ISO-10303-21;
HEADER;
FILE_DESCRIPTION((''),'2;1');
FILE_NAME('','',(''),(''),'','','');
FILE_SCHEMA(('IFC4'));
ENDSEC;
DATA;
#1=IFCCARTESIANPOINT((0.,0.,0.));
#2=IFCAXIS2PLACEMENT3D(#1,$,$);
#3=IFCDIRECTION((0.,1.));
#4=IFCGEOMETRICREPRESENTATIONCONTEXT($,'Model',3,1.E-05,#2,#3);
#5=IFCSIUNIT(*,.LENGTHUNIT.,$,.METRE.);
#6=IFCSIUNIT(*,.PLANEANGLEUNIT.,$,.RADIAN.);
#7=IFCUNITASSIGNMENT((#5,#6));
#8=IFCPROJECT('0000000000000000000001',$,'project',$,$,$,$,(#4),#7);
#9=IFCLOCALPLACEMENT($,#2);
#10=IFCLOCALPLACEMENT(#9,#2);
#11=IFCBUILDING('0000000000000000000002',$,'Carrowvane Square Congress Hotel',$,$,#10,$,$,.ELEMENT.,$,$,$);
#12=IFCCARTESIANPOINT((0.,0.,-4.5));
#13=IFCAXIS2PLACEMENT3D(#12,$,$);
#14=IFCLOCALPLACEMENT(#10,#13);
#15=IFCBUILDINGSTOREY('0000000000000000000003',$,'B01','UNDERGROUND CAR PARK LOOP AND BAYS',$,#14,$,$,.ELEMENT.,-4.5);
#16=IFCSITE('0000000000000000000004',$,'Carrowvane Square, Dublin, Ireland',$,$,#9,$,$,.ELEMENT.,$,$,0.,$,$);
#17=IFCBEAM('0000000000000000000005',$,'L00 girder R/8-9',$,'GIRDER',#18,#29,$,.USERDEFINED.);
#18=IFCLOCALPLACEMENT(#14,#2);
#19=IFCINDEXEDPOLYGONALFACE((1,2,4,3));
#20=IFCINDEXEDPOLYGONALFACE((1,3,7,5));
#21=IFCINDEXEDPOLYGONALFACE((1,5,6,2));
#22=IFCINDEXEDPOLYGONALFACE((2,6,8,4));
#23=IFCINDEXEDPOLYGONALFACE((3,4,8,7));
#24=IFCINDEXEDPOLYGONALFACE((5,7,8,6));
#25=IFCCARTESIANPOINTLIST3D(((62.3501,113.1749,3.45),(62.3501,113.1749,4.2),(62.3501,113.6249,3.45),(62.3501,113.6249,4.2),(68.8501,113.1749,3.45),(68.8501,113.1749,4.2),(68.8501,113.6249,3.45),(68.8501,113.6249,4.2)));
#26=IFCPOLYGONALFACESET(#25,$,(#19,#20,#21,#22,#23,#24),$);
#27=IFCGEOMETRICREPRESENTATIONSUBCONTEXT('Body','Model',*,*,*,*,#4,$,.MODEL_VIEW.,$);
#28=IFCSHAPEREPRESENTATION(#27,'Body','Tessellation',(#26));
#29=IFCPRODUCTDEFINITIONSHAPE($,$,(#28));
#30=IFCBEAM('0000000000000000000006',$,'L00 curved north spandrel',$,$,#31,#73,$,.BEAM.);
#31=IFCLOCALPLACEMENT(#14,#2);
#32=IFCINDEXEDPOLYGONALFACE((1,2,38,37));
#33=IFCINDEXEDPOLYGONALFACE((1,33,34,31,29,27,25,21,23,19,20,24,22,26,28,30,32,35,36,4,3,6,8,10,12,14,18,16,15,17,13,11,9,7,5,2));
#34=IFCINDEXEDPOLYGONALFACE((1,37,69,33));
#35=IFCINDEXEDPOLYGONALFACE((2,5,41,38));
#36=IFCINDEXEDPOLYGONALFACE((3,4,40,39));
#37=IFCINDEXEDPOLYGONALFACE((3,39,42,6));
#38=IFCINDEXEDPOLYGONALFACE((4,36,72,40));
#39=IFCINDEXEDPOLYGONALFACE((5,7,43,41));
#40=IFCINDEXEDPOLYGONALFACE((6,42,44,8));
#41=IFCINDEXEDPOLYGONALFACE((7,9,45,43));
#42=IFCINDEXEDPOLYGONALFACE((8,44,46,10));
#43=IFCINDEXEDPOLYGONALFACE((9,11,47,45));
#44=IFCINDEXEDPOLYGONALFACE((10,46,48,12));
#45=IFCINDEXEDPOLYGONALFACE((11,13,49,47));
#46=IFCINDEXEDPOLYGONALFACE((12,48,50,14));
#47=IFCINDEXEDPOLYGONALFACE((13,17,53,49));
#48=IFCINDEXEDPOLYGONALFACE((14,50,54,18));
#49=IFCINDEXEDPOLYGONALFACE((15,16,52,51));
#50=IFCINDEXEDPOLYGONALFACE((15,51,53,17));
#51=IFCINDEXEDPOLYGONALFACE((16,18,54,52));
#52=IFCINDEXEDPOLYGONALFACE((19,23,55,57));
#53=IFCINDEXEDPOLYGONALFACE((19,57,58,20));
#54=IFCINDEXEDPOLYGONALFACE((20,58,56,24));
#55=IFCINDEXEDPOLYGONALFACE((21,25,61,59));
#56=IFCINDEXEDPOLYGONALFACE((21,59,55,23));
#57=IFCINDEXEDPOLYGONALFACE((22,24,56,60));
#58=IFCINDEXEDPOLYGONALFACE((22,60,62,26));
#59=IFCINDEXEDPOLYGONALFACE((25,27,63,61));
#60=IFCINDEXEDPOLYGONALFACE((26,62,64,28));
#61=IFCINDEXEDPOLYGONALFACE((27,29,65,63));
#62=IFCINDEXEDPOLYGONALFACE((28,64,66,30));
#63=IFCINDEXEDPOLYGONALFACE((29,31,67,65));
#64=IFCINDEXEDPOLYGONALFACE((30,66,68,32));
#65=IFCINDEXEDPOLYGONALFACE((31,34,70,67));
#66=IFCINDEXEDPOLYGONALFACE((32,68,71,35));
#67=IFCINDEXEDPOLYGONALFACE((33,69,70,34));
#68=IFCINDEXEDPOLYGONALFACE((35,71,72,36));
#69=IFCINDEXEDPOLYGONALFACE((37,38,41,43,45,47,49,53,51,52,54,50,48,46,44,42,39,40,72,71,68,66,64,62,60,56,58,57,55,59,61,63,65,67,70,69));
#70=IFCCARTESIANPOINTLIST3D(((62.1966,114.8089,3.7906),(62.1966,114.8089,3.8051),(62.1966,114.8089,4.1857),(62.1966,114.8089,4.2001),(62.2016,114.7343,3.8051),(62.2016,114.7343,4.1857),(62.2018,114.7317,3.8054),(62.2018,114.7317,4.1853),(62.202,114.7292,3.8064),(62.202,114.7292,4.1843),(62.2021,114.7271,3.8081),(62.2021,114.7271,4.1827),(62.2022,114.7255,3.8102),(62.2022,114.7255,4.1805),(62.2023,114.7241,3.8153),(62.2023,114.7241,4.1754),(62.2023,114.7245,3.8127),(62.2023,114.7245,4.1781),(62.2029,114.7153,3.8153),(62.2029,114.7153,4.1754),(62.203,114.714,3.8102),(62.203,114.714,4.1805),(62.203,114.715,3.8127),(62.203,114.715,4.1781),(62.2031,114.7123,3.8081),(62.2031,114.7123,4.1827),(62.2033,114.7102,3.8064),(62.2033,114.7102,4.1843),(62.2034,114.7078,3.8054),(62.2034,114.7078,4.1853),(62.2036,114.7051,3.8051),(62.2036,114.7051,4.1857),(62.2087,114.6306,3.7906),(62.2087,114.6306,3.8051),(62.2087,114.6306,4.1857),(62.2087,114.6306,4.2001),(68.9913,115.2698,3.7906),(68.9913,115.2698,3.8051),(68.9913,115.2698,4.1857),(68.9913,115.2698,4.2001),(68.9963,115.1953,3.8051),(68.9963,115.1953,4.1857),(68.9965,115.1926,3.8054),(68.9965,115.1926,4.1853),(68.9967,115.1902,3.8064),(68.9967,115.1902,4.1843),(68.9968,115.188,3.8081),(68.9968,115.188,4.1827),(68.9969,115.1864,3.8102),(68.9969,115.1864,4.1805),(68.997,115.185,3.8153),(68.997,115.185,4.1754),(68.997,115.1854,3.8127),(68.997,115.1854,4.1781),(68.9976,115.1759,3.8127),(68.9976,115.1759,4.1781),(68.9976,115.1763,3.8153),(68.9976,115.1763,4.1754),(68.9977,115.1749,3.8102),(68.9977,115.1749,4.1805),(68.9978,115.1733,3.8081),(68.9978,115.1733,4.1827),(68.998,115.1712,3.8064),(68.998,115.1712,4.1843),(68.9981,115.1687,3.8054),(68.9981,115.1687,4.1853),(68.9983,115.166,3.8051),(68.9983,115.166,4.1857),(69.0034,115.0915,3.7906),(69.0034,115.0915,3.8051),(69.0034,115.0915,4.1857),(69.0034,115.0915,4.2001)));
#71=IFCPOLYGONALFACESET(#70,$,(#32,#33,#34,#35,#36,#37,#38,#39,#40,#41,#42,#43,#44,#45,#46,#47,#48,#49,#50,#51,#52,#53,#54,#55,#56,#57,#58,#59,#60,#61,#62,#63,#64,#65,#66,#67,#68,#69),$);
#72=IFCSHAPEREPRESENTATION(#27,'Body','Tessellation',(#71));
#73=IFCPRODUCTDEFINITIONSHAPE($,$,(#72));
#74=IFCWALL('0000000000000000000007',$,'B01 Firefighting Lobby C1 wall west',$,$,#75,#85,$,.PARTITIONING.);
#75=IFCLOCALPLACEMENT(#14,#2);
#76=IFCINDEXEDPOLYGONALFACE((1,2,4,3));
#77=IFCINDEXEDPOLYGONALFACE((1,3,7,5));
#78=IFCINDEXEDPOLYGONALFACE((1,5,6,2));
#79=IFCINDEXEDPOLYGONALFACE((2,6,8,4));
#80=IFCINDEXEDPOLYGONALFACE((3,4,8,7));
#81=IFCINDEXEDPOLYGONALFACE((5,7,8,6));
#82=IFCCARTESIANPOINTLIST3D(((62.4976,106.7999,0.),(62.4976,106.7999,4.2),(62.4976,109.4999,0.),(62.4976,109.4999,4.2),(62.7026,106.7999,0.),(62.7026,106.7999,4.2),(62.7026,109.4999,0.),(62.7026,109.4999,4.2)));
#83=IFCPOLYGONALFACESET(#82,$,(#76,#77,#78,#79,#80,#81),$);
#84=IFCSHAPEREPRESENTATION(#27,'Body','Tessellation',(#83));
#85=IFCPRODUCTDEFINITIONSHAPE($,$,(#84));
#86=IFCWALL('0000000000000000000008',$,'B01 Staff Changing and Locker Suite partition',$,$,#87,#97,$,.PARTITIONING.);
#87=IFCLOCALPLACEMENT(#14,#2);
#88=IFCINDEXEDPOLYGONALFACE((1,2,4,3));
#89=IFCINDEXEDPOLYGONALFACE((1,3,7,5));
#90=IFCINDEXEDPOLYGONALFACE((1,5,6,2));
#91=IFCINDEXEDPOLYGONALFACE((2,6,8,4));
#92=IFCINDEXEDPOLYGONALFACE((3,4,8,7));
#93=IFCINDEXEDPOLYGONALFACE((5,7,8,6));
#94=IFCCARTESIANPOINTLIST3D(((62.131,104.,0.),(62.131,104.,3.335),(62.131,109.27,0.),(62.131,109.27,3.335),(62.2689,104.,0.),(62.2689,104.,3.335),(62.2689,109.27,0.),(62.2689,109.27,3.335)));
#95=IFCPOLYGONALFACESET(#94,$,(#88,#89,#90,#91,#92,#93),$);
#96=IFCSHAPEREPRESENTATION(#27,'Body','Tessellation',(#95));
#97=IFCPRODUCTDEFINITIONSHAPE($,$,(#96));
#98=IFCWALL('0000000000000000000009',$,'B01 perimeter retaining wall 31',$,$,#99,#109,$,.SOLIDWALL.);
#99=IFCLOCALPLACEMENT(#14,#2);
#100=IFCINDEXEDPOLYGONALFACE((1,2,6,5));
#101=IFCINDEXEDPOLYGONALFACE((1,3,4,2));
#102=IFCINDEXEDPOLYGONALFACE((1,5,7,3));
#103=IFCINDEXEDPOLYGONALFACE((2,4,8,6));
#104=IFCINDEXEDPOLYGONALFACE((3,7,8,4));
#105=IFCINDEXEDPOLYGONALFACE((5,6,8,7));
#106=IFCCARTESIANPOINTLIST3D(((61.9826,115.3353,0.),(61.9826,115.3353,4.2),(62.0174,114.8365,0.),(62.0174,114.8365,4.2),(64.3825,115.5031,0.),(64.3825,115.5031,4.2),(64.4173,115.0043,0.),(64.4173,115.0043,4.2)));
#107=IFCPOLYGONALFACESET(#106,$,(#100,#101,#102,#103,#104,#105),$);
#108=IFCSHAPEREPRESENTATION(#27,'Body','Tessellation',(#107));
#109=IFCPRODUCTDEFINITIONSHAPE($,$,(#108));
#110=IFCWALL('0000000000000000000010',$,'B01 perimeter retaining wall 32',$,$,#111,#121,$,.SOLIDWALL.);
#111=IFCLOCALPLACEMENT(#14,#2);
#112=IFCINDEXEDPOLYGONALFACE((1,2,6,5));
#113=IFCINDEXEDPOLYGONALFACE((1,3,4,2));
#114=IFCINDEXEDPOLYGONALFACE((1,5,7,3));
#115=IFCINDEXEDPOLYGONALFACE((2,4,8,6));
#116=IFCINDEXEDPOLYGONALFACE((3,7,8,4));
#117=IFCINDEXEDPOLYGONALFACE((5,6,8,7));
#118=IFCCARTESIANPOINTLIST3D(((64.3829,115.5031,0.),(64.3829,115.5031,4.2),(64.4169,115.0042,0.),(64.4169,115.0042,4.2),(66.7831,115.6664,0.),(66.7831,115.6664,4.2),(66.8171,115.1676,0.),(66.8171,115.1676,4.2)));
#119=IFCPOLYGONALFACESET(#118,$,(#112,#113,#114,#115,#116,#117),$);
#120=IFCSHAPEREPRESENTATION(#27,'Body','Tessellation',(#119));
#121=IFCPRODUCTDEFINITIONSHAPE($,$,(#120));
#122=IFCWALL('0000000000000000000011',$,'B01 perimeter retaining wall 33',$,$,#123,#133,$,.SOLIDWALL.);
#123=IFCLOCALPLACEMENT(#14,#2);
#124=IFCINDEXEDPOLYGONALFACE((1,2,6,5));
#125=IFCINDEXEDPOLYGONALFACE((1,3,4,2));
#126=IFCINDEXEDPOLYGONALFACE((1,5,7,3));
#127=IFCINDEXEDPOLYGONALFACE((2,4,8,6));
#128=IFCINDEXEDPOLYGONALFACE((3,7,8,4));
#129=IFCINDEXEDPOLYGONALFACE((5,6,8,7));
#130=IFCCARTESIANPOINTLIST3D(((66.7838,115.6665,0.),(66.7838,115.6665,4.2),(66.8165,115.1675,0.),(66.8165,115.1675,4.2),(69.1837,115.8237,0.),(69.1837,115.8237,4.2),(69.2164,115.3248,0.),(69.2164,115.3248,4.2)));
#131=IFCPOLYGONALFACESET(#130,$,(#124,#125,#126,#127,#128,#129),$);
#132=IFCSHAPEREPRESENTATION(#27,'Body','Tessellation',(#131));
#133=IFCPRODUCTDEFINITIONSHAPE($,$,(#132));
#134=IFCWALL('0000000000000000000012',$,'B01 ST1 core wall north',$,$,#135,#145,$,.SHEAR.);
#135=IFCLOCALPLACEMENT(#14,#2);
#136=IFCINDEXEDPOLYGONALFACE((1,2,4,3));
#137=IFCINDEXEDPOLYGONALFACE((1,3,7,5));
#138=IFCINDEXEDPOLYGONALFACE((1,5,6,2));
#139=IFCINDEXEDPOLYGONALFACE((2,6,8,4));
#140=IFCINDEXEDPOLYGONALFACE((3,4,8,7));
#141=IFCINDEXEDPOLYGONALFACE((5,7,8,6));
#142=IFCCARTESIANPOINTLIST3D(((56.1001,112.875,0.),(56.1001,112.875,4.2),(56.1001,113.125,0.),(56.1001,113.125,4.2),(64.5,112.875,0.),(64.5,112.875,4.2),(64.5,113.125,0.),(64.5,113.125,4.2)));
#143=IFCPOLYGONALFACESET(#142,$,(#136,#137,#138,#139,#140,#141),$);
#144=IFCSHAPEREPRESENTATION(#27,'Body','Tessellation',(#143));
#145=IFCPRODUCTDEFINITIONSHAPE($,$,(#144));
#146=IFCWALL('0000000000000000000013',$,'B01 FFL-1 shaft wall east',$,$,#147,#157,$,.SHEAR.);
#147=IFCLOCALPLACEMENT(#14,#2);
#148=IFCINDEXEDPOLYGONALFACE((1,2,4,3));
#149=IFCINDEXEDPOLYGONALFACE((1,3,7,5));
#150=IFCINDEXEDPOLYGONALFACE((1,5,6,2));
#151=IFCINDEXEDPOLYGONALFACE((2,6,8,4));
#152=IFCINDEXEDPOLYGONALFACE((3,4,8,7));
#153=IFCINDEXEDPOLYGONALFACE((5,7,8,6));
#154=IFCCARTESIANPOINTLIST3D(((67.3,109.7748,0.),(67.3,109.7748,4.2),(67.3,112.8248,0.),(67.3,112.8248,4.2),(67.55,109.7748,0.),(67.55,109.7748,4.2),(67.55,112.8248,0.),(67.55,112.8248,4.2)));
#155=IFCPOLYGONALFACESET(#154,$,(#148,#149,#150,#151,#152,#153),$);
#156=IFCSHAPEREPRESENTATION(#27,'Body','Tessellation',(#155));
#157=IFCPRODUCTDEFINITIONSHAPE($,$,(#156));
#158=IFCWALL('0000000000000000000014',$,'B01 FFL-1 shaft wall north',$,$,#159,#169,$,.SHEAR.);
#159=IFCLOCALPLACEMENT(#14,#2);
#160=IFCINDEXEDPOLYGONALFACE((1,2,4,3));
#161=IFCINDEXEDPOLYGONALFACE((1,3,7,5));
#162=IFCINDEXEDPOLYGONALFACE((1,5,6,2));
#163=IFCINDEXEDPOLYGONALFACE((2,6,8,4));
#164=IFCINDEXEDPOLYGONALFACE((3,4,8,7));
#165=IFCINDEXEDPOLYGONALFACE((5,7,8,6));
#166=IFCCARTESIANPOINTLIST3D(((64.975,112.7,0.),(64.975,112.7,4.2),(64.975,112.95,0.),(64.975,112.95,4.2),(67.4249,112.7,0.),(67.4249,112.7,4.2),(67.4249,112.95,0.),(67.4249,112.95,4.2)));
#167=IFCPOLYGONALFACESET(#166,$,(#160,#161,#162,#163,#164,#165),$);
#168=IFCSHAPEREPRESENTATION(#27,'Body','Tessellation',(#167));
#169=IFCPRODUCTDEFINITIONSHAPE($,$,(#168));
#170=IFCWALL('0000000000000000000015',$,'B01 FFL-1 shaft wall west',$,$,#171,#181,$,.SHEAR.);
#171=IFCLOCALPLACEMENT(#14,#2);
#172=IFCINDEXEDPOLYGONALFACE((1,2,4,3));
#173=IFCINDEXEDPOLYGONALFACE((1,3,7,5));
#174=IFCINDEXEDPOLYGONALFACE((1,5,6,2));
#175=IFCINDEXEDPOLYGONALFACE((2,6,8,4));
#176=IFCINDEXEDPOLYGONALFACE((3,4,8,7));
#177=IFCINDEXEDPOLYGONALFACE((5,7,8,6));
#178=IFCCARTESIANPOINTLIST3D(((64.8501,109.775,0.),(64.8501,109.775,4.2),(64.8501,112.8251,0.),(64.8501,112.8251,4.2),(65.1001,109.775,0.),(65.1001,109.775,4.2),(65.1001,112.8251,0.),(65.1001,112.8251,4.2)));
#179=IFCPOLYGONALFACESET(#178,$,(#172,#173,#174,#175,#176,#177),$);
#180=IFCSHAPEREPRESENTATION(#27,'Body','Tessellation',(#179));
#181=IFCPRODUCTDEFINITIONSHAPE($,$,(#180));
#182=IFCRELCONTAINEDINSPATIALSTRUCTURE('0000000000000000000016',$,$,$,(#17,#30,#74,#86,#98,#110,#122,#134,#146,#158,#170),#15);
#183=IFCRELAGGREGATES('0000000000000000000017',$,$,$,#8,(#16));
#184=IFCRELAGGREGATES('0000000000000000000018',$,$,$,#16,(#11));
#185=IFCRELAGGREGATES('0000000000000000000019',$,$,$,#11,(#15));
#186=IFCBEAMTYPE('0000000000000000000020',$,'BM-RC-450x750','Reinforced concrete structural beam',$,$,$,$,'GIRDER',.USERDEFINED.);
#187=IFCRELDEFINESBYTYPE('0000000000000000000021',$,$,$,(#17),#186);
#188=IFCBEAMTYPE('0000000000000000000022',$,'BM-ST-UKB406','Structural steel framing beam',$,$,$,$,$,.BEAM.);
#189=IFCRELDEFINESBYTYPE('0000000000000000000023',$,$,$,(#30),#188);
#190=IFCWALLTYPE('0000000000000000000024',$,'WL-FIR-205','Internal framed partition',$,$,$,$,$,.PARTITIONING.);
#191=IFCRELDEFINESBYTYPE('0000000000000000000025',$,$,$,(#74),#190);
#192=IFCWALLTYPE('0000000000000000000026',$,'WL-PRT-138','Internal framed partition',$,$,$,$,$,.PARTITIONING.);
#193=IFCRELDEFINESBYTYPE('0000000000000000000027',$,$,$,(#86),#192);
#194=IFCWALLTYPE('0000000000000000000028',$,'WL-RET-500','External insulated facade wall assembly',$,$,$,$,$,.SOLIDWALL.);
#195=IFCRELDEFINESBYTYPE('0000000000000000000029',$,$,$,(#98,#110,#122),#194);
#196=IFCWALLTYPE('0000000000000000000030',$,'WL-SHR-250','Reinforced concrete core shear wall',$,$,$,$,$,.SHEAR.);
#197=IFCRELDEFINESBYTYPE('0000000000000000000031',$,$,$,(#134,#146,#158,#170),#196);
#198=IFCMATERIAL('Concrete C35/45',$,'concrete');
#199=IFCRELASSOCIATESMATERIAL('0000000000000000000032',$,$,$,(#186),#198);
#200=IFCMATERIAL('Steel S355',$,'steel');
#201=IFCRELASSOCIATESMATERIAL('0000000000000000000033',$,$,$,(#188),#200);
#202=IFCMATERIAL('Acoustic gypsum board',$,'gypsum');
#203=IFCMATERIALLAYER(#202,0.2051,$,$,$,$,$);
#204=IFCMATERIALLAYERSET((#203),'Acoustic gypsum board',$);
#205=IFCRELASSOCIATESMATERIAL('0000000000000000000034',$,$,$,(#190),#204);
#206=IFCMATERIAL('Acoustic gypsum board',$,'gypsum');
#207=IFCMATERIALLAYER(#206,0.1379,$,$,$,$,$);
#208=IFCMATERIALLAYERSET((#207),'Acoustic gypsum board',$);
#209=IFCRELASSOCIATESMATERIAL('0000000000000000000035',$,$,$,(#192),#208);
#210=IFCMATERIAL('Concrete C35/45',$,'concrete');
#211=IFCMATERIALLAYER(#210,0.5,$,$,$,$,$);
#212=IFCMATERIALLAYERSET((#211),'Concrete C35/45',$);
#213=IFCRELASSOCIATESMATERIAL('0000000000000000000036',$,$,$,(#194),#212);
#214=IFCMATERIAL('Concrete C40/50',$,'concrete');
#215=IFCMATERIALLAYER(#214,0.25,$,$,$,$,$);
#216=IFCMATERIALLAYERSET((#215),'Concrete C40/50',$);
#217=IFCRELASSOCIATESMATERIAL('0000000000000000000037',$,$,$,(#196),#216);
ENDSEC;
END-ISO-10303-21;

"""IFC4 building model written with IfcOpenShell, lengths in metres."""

from ifc_helpers import new_model, si_unit, direction, frame, frame_2d, origin, origin_2d, place, context, subcontext, project, spatial, rectangle, i_section, extrude, material, layer, layer_set, material_profile, profile_set, type_object, element, save


model = new_model("IFC4")

# Units and contexts
model_context = context("Model", 3, precision=1e-05, world=origin(), true_north=direction((0.0, 1.0)))
body_context = subcontext(model_context, "Body", "Model", "MODEL_VIEW")
ifc_project = project(units=[si_unit("LENGTHUNIT", "METRE"), si_unit("PLANEANGLEUNIT", "RADIAN")], contexts=[model_context])

# Site, building, storey
site_placement = place(None, origin())
site = spatial("IfcSite", under=ifc_project, at=site_placement, Name="Carrowvane Square, Dublin, Ireland", CompositionType="ELEMENT", RefElevation=0.0)
building_placement = place(site_placement, origin())
building = spatial("IfcBuilding", under=site, at=building_placement, Name="Carrowvane Square Congress Hotel", CompositionType="ELEMENT")
storey_placement = place(building_placement, frame((0.0, 0.0, -4.5)))
storey = spatial("IfcBuildingStorey", under=building, at=storey_placement, Name="B01", Description="UNDERGROUND CAR PARK LOOP AND BAYS", CompositionType="ELEMENT", Elevation=-4.5)

# Beams
ifc_material_1 = material(Name="Concrete C35/45", Category="concrete")
ifc_material_profile_1 = material_profile(ifc_material_1, rectangle(XDim=0.45, YDim=0.75, at=origin_2d()), Name="RC 450x750")
ifc_profile_set_1 = profile_set([ifc_material_profile_1], Name="Concrete C35/45")
beam_type_1 = type_object("IfcBeamType", Name="BM-RC-450x750", Description="Reinforced concrete structural beam", ElementType="GIRDER", PredefinedType="USERDEFINED", material=ifc_profile_set_1)
beam_1_placement = place(storey_placement, frame((62.3501, 113.3999, 3.825), z_axis=(1.0, 0.0, 0.0), x_axis=(0.0, 1.0, 0.0)))
element("IfcBeam", 1, at=beam_1_placement, inside=storey, type_object=beam_type_1, Name="L00 girder R/8-9", ObjectType="GIRDER", PredefinedType="USERDEFINED", context=body_context, shape_type="SweptSolid", body=[
    extrude(rectangle(XDim=0.45, YDim=0.75, at=origin_2d()), origin(), (0.0, 0.0, 1.0), 6.5),
])
ifc_material_2 = material(Name="Steel S355", Category="steel")
ifc_material_profile_2 = material_profile(ifc_material_2, i_section(OverallWidth=0.1787, OverallDepth=0.4094, WebThickness=0.0088, FlangeThickness=0.0144, FilletRadius=0.0103, at=origin_2d()), Name="UKB 406x178x67")
ifc_profile_set_2 = profile_set([ifc_material_profile_2], Name="Steel S355")
beam_type_2 = type_object("IfcBeamType", Name="BM-ST-UKB406", Description="Structural steel framing beam", PredefinedType="BEAM", material=ifc_profile_set_2)
beam_2_placement = place(storey_placement, frame((62.2026, 114.7197, 3.9954), z_axis=(0.997707, 0.067682, 0.0), x_axis=(-0.067682, 0.997707, 0.0)))
element("IfcBeam", 2, at=beam_2_placement, inside=storey, type_object=beam_type_2, Name="L00 curved north spandrel", PredefinedType="BEAM", context=body_context, shape_type="SweptSolid", body=[
    extrude(i_section(OverallWidth=0.1787, OverallDepth=0.4094, WebThickness=0.0088, FlangeThickness=0.0144, FilletRadius=0.0103, at=origin_2d()), origin(), (0.0, 0.0, 1.0), 6.8103),
])

# Walls
ifc_material_3 = material(Name="Acoustic gypsum board", Category="gypsum")
ifc_layer_1 = layer(ifc_material_3, 0.2051)
ifc_layer_set_1 = layer_set([ifc_layer_1], Name="Acoustic gypsum board")
wall_type_1 = type_object("IfcWallType", Name="WL-FIR-205", Description="Internal framed partition", PredefinedType="PARTITIONING", material=ifc_layer_set_1)
wall_1_placement = place(storey_placement, frame((62.6001, 109.5, 0.0), z_axis=(0.0, 0.0, 1.0), x_axis=(0.0, -1.0, 0.0)))
element("IfcWall", 3, at=wall_1_placement, inside=storey, type_object=wall_type_1, Name="B01 Firefighting Lobby C1 wall west", PredefinedType="PARTITIONING", context=body_context, shape_type="SweptSolid", body=[
    extrude(rectangle(XDim=2.7, YDim=0.2051, at=frame_2d((1.3501, 0.0))), origin(), (0.0, 0.0, 1.0), 4.2),
])
ifc_material_4 = material(Name="Acoustic gypsum board", Category="gypsum")
ifc_layer_2 = layer(ifc_material_4, 0.1379)
ifc_layer_set_2 = layer_set([ifc_layer_2], Name="Acoustic gypsum board")
wall_type_2 = type_object("IfcWallType", Name="WL-PRT-138", Description="Internal framed partition", PredefinedType="PARTITIONING", material=ifc_layer_set_2)
wall_2_placement = place(storey_placement, frame((62.2, 109.27, 0.0), z_axis=(0.0, 0.0, 1.0), x_axis=(0.0, -1.0, 0.0)))
element("IfcWall", 4, at=wall_2_placement, inside=storey, type_object=wall_type_2, Name="B01 Staff Changing and Locker Suite partition", PredefinedType="PARTITIONING", context=body_context, shape_type="SweptSolid", body=[
    extrude(rectangle(XDim=5.27, YDim=0.1379, at=frame_2d((2.635, 0.0))), origin(), (0.0, 0.0, 1.0), 3.335),
])
ifc_material_5 = material(Name="Concrete C35/45", Category="concrete")
ifc_layer_3 = layer(ifc_material_5, 0.5)
ifc_layer_set_3 = layer_set([ifc_layer_3], Name="Concrete C35/45")
wall_type_3 = type_object("IfcWallType", Name="WL-RET-500", Description="External insulated facade wall assembly", PredefinedType="SOLIDWALL", material=ifc_layer_set_3)
for number, where, z_axis, x_axis, name in (
    (5, (62.0, 115.0859, 0.0), (0.0, 0.0, 1.0), (0.997567, 0.069718, 0.0), "B01 perimeter retaining wall 31"),
    (6, (64.3999, 115.2537, 0.0), (0.0, 0.0, 1.0), (0.997693, 0.067893, 0.0), "B01 perimeter retaining wall 32"),
):
    element("IfcWall", number, at=place(storey_placement, frame(where, z_axis=z_axis, x_axis=x_axis)), inside=storey, type_object=wall_type_3, Name=name, PredefinedType="SOLIDWALL", context=body_context, shape_type="SweptSolid", body=[
        extrude(rectangle(XDim=2.4058, YDim=0.5, at=frame_2d((1.2029, 0.0))), origin(), (0.0, 0.0, 1.0), 4.2),
    ])
wall_3_placement = place(storey_placement, frame((66.8, 115.417, 0.0), z_axis=(0.0, 0.0, 1.0), x_axis=(0.997861, 0.065374, 0.0)))
element("IfcWall", 7, at=wall_3_placement, inside=storey, type_object=wall_type_3, Name="B01 perimeter retaining wall 33", PredefinedType="SOLIDWALL", context=body_context, shape_type="SweptSolid", body=[
    extrude(rectangle(XDim=2.405, YDim=0.5, at=frame_2d((1.2026, 0.0))), origin(), (0.0, 0.0, 1.0), 4.2),
])
ifc_material_6 = material(Name="Concrete C40/50", Category="concrete")
ifc_layer_4 = layer(ifc_material_6, 0.25)
ifc_layer_set_4 = layer_set([ifc_layer_4], Name="Concrete C40/50")
wall_type_4 = type_object("IfcWallType", Name="WL-SHR-250", Description="Reinforced concrete core shear wall", PredefinedType="SHEAR", material=ifc_layer_set_4)
wall_4_placement = place(storey_placement, frame((64.5, 113.0, 0.0), z_axis=(0.0, 0.0, 1.0), x_axis=(-1.0, 0.0, 0.0)))
element("IfcWall", 8, at=wall_4_placement, inside=storey, type_object=wall_type_4, Name="B01 ST1 core wall north", PredefinedType="SHEAR", context=body_context, shape_type="SweptSolid", body=[
    extrude(rectangle(XDim=8.3999, YDim=0.25, at=frame_2d((4.2, 0.0))), origin(), (0.0, 0.0, 1.0), 4.2),
])

# Walls
wall_5_placement = place(storey_placement, frame((67.425, 109.7749, 0.0), z_axis=(0.0, 0.0, 1.0), x_axis=(0.0, 1.0, 0.0)))
element("IfcWall", 9, at=wall_5_placement, inside=storey, type_object=wall_type_4, Name="B01 FFL-1 shaft wall east", PredefinedType="SHEAR", context=body_context, shape_type="SweptSolid", body=[
    extrude(rectangle(XDim=3.05, YDim=0.25, at=frame_2d((1.5249, 0.0))), origin(), (0.0, 0.0, 1.0), 4.2),
])
wall_6_placement = place(storey_placement, frame((67.425, 112.825, 0.0), z_axis=(0.0, 0.0, 1.0), x_axis=(-1.0, 0.0, 0.0)))
element("IfcWall", 10, at=wall_6_placement, inside=storey, type_object=wall_type_4, Name="B01 FFL-1 shaft wall north", PredefinedType="SHEAR", context=body_context, shape_type="SweptSolid", body=[
    extrude(rectangle(XDim=2.45, YDim=0.25, at=frame_2d((1.2251, 0.0))), origin(), (0.0, 0.0, 1.0), 4.2),
])
wall_7_placement = place(storey_placement, frame((64.9751, 112.825, 0.0), z_axis=(0.0, 0.0, 1.0), x_axis=(0.0, -1.0, 0.0)))
element("IfcWall", 11, at=wall_7_placement, inside=storey, type_object=wall_type_4, Name="B01 FFL-1 shaft wall west", PredefinedType="SHEAR", context=body_context, shape_type="SweptSolid", body=[
    extrude(rectangle(XDim=3.05, YDim=0.25, at=frame_2d((1.5249, 0.0))), origin(), (0.0, 0.0, 1.0), 4.2),
])

save(model, "model.ifc")
